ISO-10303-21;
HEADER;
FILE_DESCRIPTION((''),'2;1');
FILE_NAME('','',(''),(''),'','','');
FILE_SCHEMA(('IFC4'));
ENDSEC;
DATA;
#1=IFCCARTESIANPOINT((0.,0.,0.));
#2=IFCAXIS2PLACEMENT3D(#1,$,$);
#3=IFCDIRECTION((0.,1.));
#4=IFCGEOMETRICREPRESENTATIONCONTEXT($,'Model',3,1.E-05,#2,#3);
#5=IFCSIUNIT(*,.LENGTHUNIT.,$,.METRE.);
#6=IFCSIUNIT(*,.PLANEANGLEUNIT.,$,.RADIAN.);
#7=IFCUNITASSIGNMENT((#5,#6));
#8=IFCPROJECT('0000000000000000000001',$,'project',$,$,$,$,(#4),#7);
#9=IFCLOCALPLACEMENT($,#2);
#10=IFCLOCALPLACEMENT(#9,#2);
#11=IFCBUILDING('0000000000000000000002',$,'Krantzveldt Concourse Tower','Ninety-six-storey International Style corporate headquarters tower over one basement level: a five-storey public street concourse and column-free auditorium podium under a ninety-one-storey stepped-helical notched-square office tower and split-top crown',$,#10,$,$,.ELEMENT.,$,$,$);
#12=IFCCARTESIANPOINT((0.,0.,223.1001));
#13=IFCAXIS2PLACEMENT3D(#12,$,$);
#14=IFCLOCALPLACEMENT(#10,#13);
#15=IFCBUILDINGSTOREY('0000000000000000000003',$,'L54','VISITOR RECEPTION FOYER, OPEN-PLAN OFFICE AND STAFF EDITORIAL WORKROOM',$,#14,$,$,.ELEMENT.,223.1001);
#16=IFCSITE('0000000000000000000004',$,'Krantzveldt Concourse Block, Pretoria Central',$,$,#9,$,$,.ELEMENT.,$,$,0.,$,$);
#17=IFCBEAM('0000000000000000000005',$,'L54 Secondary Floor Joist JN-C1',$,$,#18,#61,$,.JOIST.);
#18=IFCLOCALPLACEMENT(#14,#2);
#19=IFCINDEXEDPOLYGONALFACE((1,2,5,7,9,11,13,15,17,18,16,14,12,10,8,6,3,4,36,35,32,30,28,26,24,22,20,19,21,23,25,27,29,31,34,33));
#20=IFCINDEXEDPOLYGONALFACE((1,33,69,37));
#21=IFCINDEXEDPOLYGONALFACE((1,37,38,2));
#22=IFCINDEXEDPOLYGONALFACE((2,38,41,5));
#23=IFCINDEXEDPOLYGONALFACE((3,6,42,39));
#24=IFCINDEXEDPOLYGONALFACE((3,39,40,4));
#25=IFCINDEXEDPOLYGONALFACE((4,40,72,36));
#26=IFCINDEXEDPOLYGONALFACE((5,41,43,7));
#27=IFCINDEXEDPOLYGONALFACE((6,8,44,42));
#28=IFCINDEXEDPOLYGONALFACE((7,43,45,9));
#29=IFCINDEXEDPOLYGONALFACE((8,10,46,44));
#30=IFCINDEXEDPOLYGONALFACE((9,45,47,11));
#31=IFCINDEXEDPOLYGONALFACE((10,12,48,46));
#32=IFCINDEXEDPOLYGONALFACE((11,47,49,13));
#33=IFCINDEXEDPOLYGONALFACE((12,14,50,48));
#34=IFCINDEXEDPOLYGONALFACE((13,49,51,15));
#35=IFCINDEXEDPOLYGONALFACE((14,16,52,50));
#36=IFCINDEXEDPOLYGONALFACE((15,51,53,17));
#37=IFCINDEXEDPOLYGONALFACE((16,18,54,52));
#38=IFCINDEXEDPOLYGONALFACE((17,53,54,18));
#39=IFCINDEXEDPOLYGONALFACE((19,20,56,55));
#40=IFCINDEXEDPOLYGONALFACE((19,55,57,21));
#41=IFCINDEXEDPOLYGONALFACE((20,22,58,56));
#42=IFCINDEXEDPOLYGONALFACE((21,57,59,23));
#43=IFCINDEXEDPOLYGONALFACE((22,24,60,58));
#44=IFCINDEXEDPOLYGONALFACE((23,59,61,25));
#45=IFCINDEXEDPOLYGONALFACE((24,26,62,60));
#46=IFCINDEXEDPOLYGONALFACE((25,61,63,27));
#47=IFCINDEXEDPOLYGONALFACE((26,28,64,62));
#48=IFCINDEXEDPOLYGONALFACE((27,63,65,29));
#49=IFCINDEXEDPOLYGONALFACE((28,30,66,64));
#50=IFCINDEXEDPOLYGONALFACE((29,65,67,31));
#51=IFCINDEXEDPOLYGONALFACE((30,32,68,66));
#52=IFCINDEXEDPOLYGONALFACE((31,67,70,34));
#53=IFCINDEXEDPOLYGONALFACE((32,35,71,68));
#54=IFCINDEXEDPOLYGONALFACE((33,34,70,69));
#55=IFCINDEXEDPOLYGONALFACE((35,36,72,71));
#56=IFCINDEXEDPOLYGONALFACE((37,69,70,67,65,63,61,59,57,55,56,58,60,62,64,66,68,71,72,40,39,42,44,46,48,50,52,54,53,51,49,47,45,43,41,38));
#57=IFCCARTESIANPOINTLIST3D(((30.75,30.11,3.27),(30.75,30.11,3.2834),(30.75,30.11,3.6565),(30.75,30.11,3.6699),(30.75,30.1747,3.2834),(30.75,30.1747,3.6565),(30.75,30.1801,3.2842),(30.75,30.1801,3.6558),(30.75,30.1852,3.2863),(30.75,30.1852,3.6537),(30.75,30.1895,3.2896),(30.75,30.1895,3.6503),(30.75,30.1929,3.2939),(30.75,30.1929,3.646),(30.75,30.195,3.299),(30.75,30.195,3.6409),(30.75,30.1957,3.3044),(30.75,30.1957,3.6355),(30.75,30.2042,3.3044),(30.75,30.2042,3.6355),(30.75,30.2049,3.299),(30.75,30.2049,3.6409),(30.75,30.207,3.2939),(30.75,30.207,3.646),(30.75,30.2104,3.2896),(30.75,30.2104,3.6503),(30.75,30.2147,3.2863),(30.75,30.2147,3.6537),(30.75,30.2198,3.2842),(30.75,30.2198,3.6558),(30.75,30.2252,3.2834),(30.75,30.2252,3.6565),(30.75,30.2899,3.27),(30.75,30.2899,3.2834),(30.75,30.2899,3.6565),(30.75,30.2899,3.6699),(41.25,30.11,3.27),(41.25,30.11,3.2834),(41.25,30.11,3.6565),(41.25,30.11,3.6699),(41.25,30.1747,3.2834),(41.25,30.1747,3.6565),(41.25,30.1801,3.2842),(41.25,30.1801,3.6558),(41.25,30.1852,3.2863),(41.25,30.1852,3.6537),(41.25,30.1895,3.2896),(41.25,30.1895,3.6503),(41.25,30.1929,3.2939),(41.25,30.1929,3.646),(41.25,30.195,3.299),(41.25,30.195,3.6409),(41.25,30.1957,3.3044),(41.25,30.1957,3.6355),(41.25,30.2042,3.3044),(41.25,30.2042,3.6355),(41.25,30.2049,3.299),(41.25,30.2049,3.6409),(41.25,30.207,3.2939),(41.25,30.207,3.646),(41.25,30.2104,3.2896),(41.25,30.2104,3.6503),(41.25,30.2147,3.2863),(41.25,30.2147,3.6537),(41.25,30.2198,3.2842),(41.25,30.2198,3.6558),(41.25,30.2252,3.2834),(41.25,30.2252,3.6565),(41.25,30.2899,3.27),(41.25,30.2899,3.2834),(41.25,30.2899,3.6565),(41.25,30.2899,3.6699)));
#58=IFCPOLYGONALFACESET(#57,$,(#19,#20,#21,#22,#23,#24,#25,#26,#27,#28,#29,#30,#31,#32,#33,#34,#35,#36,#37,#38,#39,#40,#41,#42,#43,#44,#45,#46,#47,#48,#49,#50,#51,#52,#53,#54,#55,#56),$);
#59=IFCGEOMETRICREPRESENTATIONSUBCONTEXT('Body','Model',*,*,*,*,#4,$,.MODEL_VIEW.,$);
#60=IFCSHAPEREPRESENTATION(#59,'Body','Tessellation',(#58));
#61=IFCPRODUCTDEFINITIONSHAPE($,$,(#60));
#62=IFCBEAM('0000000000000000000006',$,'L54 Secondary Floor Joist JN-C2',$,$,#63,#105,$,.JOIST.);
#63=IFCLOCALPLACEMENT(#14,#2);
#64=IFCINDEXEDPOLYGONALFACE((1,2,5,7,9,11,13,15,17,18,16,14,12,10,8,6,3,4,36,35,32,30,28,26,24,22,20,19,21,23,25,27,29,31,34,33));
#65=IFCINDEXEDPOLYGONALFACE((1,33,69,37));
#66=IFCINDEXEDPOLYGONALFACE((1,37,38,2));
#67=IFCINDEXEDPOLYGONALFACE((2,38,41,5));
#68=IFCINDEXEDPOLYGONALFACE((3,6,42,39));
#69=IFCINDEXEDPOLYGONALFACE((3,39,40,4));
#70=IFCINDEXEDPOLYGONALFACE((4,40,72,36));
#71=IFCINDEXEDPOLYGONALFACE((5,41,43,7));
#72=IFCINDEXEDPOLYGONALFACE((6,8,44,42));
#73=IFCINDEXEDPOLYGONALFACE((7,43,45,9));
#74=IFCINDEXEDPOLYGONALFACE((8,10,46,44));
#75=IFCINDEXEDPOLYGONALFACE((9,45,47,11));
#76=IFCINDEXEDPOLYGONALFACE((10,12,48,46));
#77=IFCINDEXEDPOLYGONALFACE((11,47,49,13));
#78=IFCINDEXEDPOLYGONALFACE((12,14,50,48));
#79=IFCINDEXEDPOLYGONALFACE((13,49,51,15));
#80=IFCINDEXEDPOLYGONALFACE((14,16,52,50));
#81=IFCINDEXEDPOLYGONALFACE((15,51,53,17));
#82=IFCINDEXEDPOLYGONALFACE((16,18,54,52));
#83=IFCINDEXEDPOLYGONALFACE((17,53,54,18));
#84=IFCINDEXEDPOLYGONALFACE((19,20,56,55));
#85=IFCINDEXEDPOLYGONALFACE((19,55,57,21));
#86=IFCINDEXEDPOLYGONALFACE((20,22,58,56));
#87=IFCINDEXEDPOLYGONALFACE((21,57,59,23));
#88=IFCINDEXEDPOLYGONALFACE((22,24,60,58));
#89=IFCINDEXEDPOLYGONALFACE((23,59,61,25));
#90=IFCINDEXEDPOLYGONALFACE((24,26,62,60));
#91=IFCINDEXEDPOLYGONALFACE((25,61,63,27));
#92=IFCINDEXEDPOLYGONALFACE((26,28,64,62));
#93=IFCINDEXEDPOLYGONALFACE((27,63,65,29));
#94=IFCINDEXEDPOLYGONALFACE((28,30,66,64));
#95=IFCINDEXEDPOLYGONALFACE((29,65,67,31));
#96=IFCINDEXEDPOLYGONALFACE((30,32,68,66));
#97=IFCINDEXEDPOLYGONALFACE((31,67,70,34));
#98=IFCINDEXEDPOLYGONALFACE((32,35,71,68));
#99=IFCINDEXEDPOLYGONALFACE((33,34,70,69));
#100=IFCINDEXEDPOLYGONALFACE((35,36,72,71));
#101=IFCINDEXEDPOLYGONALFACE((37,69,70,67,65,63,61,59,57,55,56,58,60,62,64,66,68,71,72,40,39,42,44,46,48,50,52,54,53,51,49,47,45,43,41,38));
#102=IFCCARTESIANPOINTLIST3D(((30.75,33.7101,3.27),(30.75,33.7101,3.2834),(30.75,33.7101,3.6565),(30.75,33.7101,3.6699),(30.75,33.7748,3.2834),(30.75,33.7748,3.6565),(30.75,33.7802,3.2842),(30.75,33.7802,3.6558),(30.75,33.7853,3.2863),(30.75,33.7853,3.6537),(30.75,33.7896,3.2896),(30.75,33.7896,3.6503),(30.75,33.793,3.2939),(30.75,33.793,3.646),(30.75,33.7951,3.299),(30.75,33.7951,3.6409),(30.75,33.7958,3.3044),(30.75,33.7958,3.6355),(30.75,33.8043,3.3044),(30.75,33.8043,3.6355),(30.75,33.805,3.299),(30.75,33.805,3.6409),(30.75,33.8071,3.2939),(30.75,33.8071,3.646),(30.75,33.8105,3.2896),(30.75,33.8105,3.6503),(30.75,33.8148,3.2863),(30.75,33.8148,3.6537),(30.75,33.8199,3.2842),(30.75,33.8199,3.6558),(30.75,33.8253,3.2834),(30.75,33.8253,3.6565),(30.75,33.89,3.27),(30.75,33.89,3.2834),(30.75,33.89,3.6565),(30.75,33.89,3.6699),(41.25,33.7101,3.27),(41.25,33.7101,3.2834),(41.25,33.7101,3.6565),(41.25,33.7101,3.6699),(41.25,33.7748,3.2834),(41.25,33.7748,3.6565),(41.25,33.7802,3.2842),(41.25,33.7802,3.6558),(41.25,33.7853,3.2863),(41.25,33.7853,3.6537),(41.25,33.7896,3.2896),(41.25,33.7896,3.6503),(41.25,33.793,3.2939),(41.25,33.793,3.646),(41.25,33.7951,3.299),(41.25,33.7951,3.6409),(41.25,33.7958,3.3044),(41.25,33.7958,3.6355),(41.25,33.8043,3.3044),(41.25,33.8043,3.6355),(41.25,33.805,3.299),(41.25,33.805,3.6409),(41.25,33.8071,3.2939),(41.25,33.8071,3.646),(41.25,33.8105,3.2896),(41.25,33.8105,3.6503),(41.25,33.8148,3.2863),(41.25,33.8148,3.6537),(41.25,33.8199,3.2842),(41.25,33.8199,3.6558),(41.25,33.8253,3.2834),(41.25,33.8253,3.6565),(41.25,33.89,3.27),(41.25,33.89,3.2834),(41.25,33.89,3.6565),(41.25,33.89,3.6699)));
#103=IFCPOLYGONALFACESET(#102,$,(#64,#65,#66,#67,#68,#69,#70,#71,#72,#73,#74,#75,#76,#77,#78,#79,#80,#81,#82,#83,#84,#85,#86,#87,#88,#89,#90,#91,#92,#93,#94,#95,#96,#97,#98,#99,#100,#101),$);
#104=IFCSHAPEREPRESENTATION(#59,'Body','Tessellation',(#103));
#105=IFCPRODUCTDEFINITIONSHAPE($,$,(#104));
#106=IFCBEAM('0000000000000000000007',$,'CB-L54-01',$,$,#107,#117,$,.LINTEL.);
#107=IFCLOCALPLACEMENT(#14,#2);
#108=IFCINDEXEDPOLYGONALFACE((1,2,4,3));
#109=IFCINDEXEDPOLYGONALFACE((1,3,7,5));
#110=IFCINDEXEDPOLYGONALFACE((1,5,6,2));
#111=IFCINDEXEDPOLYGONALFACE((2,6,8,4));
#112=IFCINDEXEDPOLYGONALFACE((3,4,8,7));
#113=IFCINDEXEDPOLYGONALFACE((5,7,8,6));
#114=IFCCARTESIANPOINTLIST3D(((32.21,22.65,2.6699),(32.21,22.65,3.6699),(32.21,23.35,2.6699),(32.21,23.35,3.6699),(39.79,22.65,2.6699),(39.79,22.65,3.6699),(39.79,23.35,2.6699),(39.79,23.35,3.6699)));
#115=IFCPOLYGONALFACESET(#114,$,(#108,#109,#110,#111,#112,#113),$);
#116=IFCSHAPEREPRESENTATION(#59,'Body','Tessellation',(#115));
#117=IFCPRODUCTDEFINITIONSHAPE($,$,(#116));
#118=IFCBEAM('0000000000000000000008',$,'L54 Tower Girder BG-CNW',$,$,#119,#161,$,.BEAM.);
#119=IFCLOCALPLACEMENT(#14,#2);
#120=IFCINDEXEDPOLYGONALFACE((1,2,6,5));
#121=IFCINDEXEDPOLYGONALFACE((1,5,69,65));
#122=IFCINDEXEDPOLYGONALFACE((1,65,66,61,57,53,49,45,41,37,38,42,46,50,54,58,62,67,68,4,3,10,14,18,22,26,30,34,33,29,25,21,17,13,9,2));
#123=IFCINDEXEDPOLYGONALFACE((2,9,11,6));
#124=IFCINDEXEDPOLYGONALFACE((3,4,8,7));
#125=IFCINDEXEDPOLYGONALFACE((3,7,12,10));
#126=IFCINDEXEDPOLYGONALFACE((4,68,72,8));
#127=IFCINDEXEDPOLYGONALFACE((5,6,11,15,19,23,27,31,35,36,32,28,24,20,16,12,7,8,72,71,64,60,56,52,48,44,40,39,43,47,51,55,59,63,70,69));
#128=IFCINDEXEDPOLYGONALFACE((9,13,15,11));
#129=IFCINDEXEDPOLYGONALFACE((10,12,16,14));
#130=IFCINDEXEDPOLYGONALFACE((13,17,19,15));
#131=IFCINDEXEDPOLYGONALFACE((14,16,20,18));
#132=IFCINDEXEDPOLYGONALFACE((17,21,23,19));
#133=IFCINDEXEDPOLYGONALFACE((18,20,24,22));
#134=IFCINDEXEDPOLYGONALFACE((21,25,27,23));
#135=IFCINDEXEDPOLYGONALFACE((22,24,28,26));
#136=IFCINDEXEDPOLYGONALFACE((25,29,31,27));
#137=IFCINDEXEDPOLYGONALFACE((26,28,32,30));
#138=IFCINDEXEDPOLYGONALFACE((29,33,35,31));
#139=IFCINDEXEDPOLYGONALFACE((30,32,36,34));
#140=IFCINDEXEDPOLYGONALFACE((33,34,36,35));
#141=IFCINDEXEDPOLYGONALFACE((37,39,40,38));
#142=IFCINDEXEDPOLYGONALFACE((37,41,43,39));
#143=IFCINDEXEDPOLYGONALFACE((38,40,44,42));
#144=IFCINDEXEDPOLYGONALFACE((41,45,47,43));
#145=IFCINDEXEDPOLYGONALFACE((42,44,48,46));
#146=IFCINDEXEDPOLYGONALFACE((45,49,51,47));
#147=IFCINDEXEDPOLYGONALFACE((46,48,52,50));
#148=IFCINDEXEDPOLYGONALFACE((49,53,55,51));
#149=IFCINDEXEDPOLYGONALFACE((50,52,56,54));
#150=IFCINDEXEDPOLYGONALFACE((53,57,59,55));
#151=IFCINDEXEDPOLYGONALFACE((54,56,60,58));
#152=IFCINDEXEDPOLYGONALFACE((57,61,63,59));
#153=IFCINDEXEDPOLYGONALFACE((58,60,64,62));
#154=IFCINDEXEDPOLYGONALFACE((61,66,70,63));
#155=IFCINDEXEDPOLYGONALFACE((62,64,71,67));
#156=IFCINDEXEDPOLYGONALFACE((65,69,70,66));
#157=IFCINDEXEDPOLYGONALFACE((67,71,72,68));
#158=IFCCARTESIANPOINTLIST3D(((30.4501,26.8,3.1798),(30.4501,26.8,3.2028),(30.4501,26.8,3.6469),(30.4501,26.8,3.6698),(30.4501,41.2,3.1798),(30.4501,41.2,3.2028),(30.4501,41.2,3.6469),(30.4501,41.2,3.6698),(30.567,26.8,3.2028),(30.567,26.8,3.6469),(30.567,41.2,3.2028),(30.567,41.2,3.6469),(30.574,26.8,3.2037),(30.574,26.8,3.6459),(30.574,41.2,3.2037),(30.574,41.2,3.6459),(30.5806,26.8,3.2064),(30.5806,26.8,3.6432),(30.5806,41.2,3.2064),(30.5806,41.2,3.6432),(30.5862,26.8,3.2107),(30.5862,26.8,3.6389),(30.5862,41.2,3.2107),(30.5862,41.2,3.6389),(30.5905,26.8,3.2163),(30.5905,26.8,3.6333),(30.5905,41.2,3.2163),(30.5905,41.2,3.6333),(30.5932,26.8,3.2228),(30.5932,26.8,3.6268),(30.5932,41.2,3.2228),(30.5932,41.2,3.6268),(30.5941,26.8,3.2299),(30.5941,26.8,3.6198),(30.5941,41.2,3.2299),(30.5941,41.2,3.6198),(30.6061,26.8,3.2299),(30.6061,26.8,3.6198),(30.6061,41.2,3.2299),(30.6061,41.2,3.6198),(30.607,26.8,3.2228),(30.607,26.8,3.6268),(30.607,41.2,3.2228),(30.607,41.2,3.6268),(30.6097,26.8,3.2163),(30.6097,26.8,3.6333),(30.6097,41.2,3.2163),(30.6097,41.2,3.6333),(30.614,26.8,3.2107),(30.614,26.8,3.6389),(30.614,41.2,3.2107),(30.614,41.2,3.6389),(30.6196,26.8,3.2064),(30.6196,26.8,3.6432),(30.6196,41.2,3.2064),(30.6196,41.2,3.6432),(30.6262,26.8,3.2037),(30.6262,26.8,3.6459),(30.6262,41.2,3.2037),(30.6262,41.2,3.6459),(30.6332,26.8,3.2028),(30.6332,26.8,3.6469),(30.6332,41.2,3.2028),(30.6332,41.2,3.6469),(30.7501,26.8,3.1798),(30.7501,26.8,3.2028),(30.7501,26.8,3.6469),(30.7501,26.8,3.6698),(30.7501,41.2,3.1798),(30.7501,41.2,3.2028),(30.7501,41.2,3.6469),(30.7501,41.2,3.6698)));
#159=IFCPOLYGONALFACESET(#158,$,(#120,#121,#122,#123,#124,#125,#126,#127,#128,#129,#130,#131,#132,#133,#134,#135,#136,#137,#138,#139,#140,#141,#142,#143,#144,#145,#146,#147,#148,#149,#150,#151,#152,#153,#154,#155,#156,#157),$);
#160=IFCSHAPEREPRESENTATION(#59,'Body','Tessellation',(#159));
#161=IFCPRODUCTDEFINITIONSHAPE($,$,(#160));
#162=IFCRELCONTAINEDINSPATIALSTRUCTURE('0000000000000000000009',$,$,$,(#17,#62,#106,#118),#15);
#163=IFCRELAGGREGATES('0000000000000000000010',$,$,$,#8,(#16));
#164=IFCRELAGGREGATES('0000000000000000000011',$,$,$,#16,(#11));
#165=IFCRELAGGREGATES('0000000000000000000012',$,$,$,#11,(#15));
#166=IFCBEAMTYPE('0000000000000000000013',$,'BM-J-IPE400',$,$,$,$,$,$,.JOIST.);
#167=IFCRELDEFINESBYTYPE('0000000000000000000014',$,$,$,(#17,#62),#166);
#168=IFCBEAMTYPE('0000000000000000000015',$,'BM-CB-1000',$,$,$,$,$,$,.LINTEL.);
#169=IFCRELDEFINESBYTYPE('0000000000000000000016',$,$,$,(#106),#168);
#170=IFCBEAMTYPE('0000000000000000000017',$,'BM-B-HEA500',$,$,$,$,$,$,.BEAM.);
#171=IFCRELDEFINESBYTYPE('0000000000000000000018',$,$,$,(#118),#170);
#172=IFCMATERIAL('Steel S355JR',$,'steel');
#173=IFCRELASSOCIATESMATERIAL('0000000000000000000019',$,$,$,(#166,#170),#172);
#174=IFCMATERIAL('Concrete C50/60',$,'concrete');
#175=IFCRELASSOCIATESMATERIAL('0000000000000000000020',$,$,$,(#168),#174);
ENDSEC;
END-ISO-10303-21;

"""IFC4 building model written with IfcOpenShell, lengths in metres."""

from ifc_helpers import new_model, si_unit, direction, frame, origin, origin_2d, place, context, subcontext, project, spatial, rectangle, i_section, extrude, source, transform, mapped, material, material_profile, profile_set, type_object, type_shapes, element, save


model = new_model("IFC4")

# Units and contexts
model_context = context("Model", 3, precision=1e-05, world=origin(), true_north=direction((0.0, 1.0)))
body_context = subcontext(model_context, "Body", "Model", "MODEL_VIEW")
ifc_project = project(units=[si_unit("LENGTHUNIT", "METRE"), si_unit("PLANEANGLEUNIT", "RADIAN")], contexts=[model_context])

# Site, building, storey
site_placement = place(None, origin())
site = spatial("IfcSite", under=ifc_project, at=site_placement, Name="Krantzveldt Concourse Block, Pretoria Central", CompositionType="ELEMENT", RefElevation=0.0)
building_placement = place(site_placement, origin())
building = spatial("IfcBuilding", under=site, at=building_placement, Name="Krantzveldt Concourse Tower", Description="Ninety-six-storey International Style corporate headquarters tower over one basement level: a five-storey public street concourse and column-free auditorium podium under a ninety-one-storey stepped-helical notched-square office tower and split-top crown", CompositionType="ELEMENT")
storey_placement = place(building_placement, frame((0.0, 0.0, 223.1001)))
storey = spatial("IfcBuildingStorey", under=building, at=storey_placement, Name="L54", Description="VISITOR RECEPTION FOYER, OPEN-PLAN OFFICE AND STAFF EDITORIAL WORKROOM", CompositionType="ELEMENT", Elevation=223.1001)

# Beams
ifc_material_1 = material(Name="Steel S355JR", Category="steel")
ifc_material_profile_1 = material_profile(ifc_material_1, i_section(OverallWidth=0.1799, OverallDepth=0.3999, WebThickness=0.0085, FlangeThickness=0.0134, FilletRadius=0.021, at=origin_2d()), Name="Steel S355JR", Category="steel")
ifc_profile_set_1 = profile_set([ifc_material_profile_1], Name="Steel S355JR - IPE 400")
beam_type_1 = type_object("IfcBeamType", Name="BM-J-IPE400", PredefinedType="JOIST", material=ifc_profile_set_1)
shared_shape_1 = source(origin(), body_context, "Body", "SweptSolid", [
    extrude(i_section(OverallWidth=0.1799, OverallDepth=0.3999, WebThickness=0.0085, FlangeThickness=0.0134, FilletRadius=0.021, at=origin_2d()), origin(), (0.0, 0.0, 1.0), 10.5),
])
for number, where, z_axis, x_axis, name in (
    (1, (30.75, 30.2, 3.47), (1.0, 0.0, 0.0), (0.0, 1.0, 0.0), "L54 Secondary Floor Joist JN-C1"),
    (2, (30.75, 33.8, 3.47), (1.0, 0.0, 0.0), (0.0, 1.0, 0.0), "L54 Secondary Floor Joist JN-C2"),
):
    element("IfcBeam", number, at=place(storey_placement, frame(where, z_axis=z_axis, x_axis=x_axis)), inside=storey, type_object=beam_type_1, Name=name, PredefinedType="JOIST", context=body_context, shape_type="MappedRepresentation", body=[
        mapped(shared_shape_1, transform((0.0, 0.0, 0.0), x_axis=(1.0, 0.0, 0.0), y_axis=(0.0, 1.0, 0.0), z_axis=(0.0, 0.0, 1.0), scale=1.0)),
    ])
ifc_material_2 = material(Name="Concrete C50/60", Category="concrete")
ifc_material_profile_2 = material_profile(ifc_material_2, rectangle(XDim=0.7, YDim=1.0, at=origin_2d()), Name="Concrete C50/60", Category="concrete")
ifc_profile_set_2 = profile_set([ifc_material_profile_2], Name="Concrete C50/60 - RC-CB 700x1000")
beam_type_2 = type_object("IfcBeamType", Name="BM-CB-1000", PredefinedType="LINTEL", material=ifc_profile_set_2)
shared_shape_2 = source(origin(), body_context, "Body", "SweptSolid", [
    extrude(rectangle(XDim=0.7, YDim=1.0, at=origin_2d()), origin(), (0.0, 0.0, 1.0), 7.5801),
])
type_shapes(beam_type_2, [shared_shape_2])
beam_1_placement = place(storey_placement, frame((32.21, 23.0, 3.1699), z_axis=(1.0, 0.0, 0.0), x_axis=(0.0, 1.0, 0.0)))
element("IfcBeam", 3, at=beam_1_placement, inside=storey, type_object=beam_type_2, Name="CB-L54-01", PredefinedType="LINTEL", context=body_context, shape_type="MappedRepresentation", body=[
    mapped(shared_shape_2, transform((0.0, 0.0, 0.0), x_axis=(1.0, 0.0, 0.0), y_axis=(0.0, 1.0, 0.0), z_axis=(0.0, 0.0, 1.0), scale=1.0)),
])
ifc_material_profile_3 = material_profile(ifc_material_1, i_section(OverallWidth=0.3, OverallDepth=0.49, WebThickness=0.012, FlangeThickness=0.0229, FilletRadius=0.0271, at=origin_2d()), Name="Steel S355JR", Category="steel")
ifc_profile_set_3 = profile_set([ifc_material_profile_3], Name="Steel S355JR - HEA 500")
beam_type_3 = type_object("IfcBeamType", Name="BM-B-HEA500", PredefinedType="BEAM", material=ifc_profile_set_3)
shared_shape_3 = source(origin(), body_context, "Body", "SweptSolid", [
    extrude(i_section(OverallWidth=0.3, OverallDepth=0.49, WebThickness=0.012, FlangeThickness=0.0229, FilletRadius=0.0271, at=origin_2d()), origin(), (0.0, 0.0, 1.0), 14.3999),
])
type_shapes(beam_type_3, [shared_shape_3])
beam_2_placement = place(storey_placement, frame((30.6001, 26.8, 3.4248), z_axis=(0.0, 1.0, 0.0), x_axis=(-1.0, 0.0, 0.0)))
element("IfcBeam", 4, at=beam_2_placement, inside=storey, type_object=beam_type_3, Name="L54 Tower Girder BG-CNW", PredefinedType="BEAM", context=body_context, shape_type="MappedRepresentation", body=[
    mapped(shared_shape_3, transform((0.0, 0.0, 0.0), x_axis=(1.0, 0.0, 0.0), y_axis=(0.0, 1.0, 0.0), z_axis=(0.0, 0.0, 1.0), scale=1.0)),
])

save(model, "model.ifc")
